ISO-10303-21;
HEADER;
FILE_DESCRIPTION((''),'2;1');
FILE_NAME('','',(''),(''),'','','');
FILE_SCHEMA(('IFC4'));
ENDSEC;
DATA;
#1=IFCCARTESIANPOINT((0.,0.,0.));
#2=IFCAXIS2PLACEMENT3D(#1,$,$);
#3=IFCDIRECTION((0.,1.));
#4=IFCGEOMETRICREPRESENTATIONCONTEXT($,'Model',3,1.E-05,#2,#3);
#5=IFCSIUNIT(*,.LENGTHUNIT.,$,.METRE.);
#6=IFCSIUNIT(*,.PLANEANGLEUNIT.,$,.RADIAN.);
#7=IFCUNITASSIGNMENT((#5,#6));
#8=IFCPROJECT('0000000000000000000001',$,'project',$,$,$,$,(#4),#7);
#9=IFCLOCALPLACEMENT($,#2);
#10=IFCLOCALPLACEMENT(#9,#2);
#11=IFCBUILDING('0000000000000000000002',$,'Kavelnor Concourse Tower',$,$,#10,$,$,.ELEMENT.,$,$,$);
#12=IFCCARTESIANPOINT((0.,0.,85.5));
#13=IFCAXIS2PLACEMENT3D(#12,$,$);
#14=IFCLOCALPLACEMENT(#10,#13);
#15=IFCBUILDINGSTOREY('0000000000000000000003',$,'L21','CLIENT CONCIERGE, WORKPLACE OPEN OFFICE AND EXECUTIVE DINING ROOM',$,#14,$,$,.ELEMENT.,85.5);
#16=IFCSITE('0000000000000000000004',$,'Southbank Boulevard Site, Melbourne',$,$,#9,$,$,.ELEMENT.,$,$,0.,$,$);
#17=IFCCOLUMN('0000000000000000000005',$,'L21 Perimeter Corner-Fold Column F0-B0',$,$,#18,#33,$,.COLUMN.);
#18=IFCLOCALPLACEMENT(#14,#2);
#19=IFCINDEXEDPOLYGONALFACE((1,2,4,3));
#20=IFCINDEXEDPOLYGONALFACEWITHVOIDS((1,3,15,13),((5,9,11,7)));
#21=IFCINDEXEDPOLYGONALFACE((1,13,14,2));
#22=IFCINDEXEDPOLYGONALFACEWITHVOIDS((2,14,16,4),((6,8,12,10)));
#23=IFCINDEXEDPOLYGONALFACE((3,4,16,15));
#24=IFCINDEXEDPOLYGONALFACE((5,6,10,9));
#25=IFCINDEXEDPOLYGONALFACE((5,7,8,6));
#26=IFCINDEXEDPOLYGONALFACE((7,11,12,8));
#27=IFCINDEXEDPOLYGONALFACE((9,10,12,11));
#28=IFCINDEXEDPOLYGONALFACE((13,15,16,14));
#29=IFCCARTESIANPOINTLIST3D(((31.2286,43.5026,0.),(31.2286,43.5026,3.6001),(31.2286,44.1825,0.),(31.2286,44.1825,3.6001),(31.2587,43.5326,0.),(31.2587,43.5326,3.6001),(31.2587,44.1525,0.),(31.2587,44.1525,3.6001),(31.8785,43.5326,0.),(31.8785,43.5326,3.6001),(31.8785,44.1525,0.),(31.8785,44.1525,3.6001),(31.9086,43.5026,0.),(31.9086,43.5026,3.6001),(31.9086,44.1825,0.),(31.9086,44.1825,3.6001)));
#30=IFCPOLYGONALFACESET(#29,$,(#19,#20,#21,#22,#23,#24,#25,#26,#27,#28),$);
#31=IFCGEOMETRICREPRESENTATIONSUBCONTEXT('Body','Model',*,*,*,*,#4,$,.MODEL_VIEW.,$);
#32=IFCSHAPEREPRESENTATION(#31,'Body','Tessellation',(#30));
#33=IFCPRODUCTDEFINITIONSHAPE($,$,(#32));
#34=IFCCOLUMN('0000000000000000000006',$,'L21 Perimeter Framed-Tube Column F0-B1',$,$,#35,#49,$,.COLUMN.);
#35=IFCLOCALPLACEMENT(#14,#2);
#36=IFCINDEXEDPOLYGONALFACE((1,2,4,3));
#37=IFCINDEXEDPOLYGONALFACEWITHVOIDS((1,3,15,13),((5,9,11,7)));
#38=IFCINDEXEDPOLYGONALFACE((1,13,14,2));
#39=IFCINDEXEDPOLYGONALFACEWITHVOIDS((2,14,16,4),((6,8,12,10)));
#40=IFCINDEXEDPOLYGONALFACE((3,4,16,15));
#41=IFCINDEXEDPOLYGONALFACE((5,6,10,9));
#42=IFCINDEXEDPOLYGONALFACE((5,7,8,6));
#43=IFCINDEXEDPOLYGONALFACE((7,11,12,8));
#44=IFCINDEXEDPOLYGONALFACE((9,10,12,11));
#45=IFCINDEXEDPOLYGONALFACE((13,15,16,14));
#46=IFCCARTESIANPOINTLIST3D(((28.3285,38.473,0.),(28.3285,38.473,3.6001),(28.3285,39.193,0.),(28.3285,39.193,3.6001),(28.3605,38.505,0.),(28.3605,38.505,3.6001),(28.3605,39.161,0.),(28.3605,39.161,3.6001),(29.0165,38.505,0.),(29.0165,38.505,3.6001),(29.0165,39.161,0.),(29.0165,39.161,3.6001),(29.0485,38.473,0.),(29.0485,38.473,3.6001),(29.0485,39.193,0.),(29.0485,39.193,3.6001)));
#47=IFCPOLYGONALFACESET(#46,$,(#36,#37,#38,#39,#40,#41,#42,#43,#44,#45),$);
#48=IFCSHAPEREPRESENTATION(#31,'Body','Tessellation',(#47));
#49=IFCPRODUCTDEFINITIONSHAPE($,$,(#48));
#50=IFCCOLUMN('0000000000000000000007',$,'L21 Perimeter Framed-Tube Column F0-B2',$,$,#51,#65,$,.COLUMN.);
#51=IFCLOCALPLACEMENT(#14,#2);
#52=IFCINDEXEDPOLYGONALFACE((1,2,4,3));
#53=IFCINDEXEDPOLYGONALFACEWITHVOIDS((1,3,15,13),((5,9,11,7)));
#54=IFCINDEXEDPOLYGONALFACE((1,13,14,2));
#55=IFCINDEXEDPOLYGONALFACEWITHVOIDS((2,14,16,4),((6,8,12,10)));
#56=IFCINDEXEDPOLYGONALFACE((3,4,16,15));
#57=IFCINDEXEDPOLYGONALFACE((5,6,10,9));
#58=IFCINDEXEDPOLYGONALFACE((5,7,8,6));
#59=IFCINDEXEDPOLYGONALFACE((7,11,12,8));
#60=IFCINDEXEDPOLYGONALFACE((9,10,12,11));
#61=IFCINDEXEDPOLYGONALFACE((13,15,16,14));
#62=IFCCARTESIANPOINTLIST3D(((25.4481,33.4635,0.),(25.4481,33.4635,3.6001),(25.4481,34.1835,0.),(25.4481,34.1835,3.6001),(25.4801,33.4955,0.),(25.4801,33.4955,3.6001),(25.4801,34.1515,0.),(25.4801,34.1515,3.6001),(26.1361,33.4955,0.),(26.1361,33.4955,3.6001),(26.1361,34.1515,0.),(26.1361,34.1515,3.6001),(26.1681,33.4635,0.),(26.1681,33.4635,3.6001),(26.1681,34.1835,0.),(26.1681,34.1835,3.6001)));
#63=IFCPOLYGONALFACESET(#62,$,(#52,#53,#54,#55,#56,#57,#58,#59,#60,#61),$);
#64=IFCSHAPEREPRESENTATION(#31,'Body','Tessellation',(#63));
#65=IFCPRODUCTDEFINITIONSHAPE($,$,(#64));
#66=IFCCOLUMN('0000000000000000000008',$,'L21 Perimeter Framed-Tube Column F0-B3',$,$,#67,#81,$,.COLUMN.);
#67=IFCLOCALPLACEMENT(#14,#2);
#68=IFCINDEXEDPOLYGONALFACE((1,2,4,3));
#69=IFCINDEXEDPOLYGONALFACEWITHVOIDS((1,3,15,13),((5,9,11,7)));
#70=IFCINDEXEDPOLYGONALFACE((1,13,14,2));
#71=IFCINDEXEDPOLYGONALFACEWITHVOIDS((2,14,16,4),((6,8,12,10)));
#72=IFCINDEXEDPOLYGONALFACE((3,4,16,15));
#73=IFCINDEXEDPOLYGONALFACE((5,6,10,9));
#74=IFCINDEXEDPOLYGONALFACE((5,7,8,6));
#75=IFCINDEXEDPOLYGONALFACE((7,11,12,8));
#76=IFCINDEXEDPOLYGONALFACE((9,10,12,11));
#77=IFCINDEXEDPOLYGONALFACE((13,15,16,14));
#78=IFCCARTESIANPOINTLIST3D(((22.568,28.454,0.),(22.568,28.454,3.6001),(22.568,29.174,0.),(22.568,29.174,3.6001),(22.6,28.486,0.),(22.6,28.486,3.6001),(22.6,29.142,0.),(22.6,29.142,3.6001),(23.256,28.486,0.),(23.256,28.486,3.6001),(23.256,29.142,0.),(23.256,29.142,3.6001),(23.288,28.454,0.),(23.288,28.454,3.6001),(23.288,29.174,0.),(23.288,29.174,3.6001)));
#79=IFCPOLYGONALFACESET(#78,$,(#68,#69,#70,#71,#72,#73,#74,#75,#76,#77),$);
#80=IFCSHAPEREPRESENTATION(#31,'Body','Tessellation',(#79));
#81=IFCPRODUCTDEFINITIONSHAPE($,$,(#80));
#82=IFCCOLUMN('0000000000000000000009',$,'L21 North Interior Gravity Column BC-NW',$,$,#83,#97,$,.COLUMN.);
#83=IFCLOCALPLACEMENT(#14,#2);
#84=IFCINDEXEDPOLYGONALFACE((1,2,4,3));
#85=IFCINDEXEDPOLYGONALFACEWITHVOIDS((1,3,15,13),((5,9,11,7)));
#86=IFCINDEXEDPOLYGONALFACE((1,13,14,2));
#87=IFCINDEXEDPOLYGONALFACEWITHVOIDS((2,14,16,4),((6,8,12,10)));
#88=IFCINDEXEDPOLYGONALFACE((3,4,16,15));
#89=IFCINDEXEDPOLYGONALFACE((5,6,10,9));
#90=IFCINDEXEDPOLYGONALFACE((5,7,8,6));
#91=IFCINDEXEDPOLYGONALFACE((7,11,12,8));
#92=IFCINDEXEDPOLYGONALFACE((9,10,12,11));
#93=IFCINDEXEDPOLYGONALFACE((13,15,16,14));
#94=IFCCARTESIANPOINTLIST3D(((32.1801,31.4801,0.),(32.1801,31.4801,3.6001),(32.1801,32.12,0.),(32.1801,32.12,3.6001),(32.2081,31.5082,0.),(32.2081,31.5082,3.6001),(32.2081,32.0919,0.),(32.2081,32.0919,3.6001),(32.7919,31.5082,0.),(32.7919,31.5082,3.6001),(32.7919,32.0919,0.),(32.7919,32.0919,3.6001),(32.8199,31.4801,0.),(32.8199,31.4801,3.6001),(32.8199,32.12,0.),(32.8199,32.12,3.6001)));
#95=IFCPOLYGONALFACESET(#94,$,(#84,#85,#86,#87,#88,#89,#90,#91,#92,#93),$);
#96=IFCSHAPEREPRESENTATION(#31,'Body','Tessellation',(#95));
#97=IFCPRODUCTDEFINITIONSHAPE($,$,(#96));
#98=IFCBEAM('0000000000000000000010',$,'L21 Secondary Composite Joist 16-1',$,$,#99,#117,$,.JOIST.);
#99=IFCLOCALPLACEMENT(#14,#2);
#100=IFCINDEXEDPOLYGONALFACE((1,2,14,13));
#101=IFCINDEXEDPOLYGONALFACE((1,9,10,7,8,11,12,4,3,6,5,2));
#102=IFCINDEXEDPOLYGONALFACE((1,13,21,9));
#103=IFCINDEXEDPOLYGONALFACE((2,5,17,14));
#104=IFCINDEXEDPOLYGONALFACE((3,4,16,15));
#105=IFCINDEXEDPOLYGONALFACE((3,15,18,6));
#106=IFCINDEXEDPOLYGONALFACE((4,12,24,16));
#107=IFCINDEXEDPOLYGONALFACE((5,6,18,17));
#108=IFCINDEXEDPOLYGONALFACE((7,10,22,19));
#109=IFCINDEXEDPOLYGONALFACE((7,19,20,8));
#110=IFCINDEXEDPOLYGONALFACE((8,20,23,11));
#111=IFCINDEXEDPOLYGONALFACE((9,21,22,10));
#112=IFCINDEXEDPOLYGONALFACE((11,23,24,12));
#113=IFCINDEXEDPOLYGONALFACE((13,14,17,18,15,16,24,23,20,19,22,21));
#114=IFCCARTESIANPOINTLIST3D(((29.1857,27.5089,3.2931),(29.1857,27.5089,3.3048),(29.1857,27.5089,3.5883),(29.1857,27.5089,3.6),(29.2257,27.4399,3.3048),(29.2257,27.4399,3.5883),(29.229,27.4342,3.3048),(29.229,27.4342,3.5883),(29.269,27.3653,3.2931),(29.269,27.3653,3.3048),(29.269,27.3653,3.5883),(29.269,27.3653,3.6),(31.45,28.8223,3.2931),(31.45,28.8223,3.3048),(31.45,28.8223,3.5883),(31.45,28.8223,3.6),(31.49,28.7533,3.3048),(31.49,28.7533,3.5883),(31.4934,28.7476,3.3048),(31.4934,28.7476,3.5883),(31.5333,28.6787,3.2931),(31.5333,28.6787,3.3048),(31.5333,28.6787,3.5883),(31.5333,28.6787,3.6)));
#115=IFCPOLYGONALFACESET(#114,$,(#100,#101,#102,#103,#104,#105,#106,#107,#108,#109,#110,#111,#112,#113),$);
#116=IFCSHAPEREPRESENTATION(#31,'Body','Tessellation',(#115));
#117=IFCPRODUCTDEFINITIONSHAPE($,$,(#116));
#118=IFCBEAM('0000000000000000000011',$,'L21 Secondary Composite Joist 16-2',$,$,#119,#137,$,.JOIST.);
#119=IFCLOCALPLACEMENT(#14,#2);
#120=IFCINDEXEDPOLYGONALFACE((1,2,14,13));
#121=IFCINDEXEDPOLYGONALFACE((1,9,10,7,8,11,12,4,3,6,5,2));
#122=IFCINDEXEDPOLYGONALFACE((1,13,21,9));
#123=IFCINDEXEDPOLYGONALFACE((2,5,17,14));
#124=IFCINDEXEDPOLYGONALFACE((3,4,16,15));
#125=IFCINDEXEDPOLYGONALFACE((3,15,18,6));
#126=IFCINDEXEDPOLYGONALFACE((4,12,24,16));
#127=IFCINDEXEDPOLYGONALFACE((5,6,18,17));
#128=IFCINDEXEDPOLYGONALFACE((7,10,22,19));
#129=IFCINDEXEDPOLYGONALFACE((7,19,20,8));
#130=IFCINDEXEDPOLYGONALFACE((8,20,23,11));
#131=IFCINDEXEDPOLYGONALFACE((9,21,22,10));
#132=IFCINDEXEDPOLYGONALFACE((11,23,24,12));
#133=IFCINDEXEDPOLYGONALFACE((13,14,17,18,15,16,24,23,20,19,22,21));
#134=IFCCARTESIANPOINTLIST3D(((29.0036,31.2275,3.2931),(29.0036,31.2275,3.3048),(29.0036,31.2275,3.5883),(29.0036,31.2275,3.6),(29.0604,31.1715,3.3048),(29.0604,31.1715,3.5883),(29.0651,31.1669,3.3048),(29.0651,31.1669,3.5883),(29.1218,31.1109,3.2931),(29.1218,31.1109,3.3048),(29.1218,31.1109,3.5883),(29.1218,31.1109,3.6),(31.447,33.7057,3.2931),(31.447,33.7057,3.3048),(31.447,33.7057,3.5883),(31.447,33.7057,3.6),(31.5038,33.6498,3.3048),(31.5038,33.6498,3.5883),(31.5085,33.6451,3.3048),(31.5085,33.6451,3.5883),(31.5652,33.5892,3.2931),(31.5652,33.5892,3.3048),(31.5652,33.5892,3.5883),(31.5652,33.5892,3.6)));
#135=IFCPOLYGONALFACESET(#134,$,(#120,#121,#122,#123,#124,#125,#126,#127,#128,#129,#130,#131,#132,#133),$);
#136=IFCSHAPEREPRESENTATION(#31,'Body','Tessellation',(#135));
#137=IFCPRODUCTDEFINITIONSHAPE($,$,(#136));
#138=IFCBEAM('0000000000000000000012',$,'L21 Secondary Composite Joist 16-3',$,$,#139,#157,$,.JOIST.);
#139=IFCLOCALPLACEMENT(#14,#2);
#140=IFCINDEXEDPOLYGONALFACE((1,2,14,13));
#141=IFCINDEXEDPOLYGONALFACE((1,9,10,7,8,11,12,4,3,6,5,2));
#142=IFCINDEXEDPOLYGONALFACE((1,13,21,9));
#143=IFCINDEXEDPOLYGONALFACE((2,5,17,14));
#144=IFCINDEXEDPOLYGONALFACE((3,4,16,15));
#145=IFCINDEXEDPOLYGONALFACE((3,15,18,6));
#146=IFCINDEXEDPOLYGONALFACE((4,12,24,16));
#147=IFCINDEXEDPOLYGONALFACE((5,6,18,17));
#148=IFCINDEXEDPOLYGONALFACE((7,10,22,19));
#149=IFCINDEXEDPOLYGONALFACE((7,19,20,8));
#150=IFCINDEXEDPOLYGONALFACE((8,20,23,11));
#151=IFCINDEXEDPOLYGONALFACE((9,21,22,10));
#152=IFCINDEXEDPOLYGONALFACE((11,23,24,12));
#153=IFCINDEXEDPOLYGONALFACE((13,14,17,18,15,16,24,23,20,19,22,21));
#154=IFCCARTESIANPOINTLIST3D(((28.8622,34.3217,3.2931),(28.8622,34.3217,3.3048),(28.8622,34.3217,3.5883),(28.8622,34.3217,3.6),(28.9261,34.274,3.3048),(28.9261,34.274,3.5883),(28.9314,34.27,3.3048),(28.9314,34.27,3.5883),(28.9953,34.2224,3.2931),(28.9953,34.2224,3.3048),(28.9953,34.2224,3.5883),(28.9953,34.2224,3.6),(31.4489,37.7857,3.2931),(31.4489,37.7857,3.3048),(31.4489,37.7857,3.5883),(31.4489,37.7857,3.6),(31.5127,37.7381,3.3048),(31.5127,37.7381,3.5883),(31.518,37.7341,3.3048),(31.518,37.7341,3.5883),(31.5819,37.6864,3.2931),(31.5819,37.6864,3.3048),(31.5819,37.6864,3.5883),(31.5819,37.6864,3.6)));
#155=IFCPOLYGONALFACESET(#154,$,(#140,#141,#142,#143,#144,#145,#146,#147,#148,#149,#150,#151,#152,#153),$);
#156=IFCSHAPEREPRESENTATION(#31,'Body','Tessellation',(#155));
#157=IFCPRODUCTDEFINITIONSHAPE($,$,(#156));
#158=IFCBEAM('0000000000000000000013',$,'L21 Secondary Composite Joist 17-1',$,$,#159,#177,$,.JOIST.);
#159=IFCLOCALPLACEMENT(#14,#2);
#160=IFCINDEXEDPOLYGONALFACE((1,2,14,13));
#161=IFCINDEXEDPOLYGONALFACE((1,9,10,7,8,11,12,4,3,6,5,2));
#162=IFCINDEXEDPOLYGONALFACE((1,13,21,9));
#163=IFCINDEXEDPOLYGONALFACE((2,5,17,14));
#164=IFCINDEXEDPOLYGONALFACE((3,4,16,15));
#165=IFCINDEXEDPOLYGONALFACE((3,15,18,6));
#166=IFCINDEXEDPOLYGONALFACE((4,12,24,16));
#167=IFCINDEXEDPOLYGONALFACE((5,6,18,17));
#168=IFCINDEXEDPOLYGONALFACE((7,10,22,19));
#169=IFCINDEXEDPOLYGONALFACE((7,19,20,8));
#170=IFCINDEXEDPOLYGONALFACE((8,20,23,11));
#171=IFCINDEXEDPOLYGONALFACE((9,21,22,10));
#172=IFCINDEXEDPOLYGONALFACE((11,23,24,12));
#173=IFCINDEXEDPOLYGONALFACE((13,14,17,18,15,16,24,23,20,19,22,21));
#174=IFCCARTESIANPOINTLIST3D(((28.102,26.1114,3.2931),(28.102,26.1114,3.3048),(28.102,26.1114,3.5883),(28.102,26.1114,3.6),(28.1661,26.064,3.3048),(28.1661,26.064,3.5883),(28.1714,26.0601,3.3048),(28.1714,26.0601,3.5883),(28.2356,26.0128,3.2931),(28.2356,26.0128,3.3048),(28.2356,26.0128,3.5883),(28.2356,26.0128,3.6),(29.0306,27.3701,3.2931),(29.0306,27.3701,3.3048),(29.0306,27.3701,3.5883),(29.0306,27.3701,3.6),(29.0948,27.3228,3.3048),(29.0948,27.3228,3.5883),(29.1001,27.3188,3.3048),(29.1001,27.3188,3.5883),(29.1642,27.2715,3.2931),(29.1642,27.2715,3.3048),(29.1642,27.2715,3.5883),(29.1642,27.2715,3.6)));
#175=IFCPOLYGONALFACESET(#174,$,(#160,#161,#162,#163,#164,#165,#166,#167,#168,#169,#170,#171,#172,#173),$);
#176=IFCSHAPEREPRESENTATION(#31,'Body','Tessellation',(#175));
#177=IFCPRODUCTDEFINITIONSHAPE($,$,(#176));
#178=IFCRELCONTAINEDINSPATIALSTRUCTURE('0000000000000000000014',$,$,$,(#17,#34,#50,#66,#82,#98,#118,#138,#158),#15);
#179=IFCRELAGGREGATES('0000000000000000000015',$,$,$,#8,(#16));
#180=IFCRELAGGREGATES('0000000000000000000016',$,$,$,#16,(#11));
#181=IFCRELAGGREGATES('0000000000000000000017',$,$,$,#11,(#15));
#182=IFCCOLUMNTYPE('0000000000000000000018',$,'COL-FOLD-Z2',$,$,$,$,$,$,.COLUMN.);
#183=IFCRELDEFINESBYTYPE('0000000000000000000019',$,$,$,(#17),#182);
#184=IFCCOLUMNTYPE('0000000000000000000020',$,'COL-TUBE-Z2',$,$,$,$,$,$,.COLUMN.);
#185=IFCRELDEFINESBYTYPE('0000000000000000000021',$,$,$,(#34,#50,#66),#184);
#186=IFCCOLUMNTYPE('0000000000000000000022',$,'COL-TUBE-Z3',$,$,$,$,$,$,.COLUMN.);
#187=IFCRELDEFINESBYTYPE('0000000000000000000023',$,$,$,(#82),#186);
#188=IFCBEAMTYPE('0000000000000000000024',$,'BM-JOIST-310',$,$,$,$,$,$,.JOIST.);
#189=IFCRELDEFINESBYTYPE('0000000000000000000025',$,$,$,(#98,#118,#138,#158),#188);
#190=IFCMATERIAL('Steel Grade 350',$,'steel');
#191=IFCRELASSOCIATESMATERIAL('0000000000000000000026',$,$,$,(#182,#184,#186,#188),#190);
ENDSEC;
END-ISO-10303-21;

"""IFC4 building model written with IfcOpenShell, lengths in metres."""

from ifc_helpers import new_model, si_unit, direction, frame, origin, origin_2d, place, context, subcontext, project, spatial, hollow_rectangle, i_section, extrude, material, material_profile, profile_set, type_object, element, save


model = new_model("IFC4")

# Units and contexts
model_context = context("Model", 3, precision=1e-05, world=origin(), true_north=direction((0.0, 1.0)))
body_context = subcontext(model_context, "Body", "Model", "MODEL_VIEW")
ifc_project = project(units=[si_unit("LENGTHUNIT", "METRE"), si_unit("PLANEANGLEUNIT", "RADIAN")], contexts=[model_context])

# Site, building, storey
site_placement = place(None, origin())
site = spatial("IfcSite", under=ifc_project, at=site_placement, Name="Southbank Boulevard Site, Melbourne", CompositionType="ELEMENT", RefElevation=0.0)
building_placement = place(site_placement, origin())
building = spatial("IfcBuilding", under=site, at=building_placement, Name="Kavelnor Concourse Tower", CompositionType="ELEMENT")
storey_placement = place(building_placement, frame((0.0, 0.0, 85.5)))
storey = spatial("IfcBuildingStorey", under=building, at=storey_placement, Name="L21", Description="CLIENT CONCIERGE, WORKPLACE OPEN OFFICE AND EXECUTIVE DINING ROOM", CompositionType="ELEMENT", Elevation=85.5)

# Columns
ifc_material_1 = material(Name="Steel Grade 350", Category="steel")
ifc_material_profile_1 = material_profile(ifc_material_1, hollow_rectangle(XDim=0.6799, YDim=0.6799, WallThickness=0.03, at=origin_2d()), Name="SHS 680x680x30")
ifc_profile_set_1 = profile_set([ifc_material_profile_1], Name="Steel Grade 350")
column_type_1 = type_object("IfcColumnType", Name="COL-FOLD-Z2", PredefinedType="COLUMN", material=ifc_profile_set_1)
column_1_placement = place(storey_placement, frame((31.5686, 43.8425, 0.0), z_axis=(0.0, 0.0, 1.0), x_axis=(1.0, 0.0, 0.0)))
element("IfcColumn", 1, at=column_1_placement, inside=storey, type_object=column_type_1, Name="L21 Perimeter Corner-Fold Column F0-B0", PredefinedType="COLUMN", context=body_context, shape_type="SweptSolid", body=[
    extrude(hollow_rectangle(XDim=0.6799, YDim=0.6799, WallThickness=0.03, at=origin_2d()), origin(), (0.0, 0.0, 1.0), 3.6001),
])
ifc_material_profile_2 = material_profile(ifc_material_1, hollow_rectangle(XDim=0.72, YDim=0.72, WallThickness=0.032, at=origin_2d()), Name="SHS 720x720x32")
ifc_profile_set_2 = profile_set([ifc_material_profile_2], Name="Steel Grade 350")
column_type_2 = type_object("IfcColumnType", Name="COL-TUBE-Z2", PredefinedType="COLUMN", material=ifc_profile_set_2)
for number, where, z_axis, x_axis, name in (
    (2, (28.6885, 38.833, 0.0), (0.0, 0.0, 1.0), (1.0, 0.0, 0.0), "L21 Perimeter Framed-Tube Column F0-B1"),
    (3, (25.8081, 33.8235, 0.0), (0.0, 0.0, 1.0), (1.0, 0.0, 0.0), "L21 Perimeter Framed-Tube Column F0-B2"),
    (4, (22.928, 28.814, 0.0), (0.0, 0.0, 1.0), (1.0, 0.0, 0.0), "L21 Perimeter Framed-Tube Column F0-B3"),
):
    element("IfcColumn", number, at=place(storey_placement, frame(where, z_axis=z_axis, x_axis=x_axis)), inside=storey, type_object=column_type_2, Name=name, PredefinedType="COLUMN", context=body_context, shape_type="SweptSolid", body=[
        extrude(hollow_rectangle(XDim=0.72, YDim=0.72, WallThickness=0.032, at=origin_2d()), origin(), (0.0, 0.0, 1.0), 3.6001),
    ])
ifc_material_profile_3 = material_profile(ifc_material_1, hollow_rectangle(XDim=0.6399, YDim=0.6399, WallThickness=0.0281, at=origin_2d()), Name="SHS 640x640x28")
ifc_profile_set_3 = profile_set([ifc_material_profile_3], Name="Steel Grade 350")
column_type_3 = type_object("IfcColumnType", Name="COL-TUBE-Z3", PredefinedType="COLUMN", material=ifc_profile_set_3)
column_2_placement = place(storey_placement, frame((32.5, 31.8, 0.0), z_axis=(0.0, 0.0, 1.0), x_axis=(1.0, 0.0, 0.0)))
element("IfcColumn", 5, at=column_2_placement, inside=storey, type_object=column_type_3, Name="L21 North Interior Gravity Column BC-NW", PredefinedType="COLUMN", context=body_context, shape_type="SweptSolid", body=[
    extrude(hollow_rectangle(XDim=0.6399, YDim=0.6399, WallThickness=0.0281, at=origin_2d()), origin(), (0.0, 0.0, 1.0), 3.6001),
])

# Beams
ifc_material_profile_4 = material_profile(ifc_material_1, i_section(OverallWidth=0.166, OverallDepth=0.3069, WebThickness=0.0066, FlangeThickness=0.0117, at=origin_2d()), Name="310UB46")
ifc_profile_set_4 = profile_set([ifc_material_profile_4], Name="Steel Grade 350")
beam_type_1 = type_object("IfcBeamType", Name="BM-JOIST-310", PredefinedType="JOIST", material=ifc_profile_set_4)
beam_1_placement = place(storey_placement, frame((31.4917, 28.7505, 3.4465), z_axis=(-0.865011, -0.501753, 0.0), x_axis=(0.501753, -0.865011, 0.0)))
element("IfcBeam", 6, at=beam_1_placement, inside=storey, type_object=beam_type_1, Name="L21 Secondary Composite Joist 16-1", PredefinedType="JOIST", context=body_context, shape_type="SweptSolid", body=[
    extrude(i_section(OverallWidth=0.166, OverallDepth=0.3069, WebThickness=0.0066, FlangeThickness=0.0117, at=origin_2d()), origin(), (0.0, 0.0, 1.0), 2.6177),
])
beam_2_placement = place(storey_placement, frame((31.5061, 33.6475, 3.4465), z_axis=(-0.702073, -0.712105, 0.0), x_axis=(0.712105, -0.702073, 0.0)))
element("IfcBeam", 7, at=beam_2_placement, inside=storey, type_object=beam_type_1, Name="L21 Secondary Composite Joist 16-2", PredefinedType="JOIST", context=body_context, shape_type="SweptSolid", body=[
    extrude(i_section(OverallWidth=0.166, OverallDepth=0.3069, WebThickness=0.0066, FlangeThickness=0.0117, at=origin_2d()), origin(), (0.0, 0.0, 1.0), 3.4802),
])
beam_3_placement = place(storey_placement, frame((31.5154, 37.7361, 3.4465), z_axis=(-0.598309, -0.801265, 0.0), x_axis=(0.801265, -0.598309, 0.0)))
element("IfcBeam", 8, at=beam_3_placement, inside=storey, type_object=beam_type_1, Name="L21 Secondary Composite Joist 16-3", PredefinedType="JOIST", context=body_context, shape_type="SweptSolid", body=[
    extrude(i_section(OverallWidth=0.166, OverallDepth=0.3069, WebThickness=0.0066, FlangeThickness=0.0117, at=origin_2d()), origin(), (0.0, 0.0, 1.0), 4.3232),
])
beam_4_placement = place(storey_placement, frame((29.0974, 27.3208, 3.4465), z_axis=(-0.593689, -0.804695, 0.0), x_axis=(0.804695, -0.593689, 0.0)))
element("IfcBeam", 9, at=beam_4_placement, inside=storey, type_object=beam_type_1, Name="L21 Secondary Composite Joist 17-1", PredefinedType="JOIST", context=body_context, shape_type="SweptSolid", body=[
    extrude(i_section(OverallWidth=0.166, OverallDepth=0.3069, WebThickness=0.0066, FlangeThickness=0.0117, at=origin_2d()), origin(), (0.0, 0.0, 1.0), 1.5642),
])

save(model, "model.ifc")
